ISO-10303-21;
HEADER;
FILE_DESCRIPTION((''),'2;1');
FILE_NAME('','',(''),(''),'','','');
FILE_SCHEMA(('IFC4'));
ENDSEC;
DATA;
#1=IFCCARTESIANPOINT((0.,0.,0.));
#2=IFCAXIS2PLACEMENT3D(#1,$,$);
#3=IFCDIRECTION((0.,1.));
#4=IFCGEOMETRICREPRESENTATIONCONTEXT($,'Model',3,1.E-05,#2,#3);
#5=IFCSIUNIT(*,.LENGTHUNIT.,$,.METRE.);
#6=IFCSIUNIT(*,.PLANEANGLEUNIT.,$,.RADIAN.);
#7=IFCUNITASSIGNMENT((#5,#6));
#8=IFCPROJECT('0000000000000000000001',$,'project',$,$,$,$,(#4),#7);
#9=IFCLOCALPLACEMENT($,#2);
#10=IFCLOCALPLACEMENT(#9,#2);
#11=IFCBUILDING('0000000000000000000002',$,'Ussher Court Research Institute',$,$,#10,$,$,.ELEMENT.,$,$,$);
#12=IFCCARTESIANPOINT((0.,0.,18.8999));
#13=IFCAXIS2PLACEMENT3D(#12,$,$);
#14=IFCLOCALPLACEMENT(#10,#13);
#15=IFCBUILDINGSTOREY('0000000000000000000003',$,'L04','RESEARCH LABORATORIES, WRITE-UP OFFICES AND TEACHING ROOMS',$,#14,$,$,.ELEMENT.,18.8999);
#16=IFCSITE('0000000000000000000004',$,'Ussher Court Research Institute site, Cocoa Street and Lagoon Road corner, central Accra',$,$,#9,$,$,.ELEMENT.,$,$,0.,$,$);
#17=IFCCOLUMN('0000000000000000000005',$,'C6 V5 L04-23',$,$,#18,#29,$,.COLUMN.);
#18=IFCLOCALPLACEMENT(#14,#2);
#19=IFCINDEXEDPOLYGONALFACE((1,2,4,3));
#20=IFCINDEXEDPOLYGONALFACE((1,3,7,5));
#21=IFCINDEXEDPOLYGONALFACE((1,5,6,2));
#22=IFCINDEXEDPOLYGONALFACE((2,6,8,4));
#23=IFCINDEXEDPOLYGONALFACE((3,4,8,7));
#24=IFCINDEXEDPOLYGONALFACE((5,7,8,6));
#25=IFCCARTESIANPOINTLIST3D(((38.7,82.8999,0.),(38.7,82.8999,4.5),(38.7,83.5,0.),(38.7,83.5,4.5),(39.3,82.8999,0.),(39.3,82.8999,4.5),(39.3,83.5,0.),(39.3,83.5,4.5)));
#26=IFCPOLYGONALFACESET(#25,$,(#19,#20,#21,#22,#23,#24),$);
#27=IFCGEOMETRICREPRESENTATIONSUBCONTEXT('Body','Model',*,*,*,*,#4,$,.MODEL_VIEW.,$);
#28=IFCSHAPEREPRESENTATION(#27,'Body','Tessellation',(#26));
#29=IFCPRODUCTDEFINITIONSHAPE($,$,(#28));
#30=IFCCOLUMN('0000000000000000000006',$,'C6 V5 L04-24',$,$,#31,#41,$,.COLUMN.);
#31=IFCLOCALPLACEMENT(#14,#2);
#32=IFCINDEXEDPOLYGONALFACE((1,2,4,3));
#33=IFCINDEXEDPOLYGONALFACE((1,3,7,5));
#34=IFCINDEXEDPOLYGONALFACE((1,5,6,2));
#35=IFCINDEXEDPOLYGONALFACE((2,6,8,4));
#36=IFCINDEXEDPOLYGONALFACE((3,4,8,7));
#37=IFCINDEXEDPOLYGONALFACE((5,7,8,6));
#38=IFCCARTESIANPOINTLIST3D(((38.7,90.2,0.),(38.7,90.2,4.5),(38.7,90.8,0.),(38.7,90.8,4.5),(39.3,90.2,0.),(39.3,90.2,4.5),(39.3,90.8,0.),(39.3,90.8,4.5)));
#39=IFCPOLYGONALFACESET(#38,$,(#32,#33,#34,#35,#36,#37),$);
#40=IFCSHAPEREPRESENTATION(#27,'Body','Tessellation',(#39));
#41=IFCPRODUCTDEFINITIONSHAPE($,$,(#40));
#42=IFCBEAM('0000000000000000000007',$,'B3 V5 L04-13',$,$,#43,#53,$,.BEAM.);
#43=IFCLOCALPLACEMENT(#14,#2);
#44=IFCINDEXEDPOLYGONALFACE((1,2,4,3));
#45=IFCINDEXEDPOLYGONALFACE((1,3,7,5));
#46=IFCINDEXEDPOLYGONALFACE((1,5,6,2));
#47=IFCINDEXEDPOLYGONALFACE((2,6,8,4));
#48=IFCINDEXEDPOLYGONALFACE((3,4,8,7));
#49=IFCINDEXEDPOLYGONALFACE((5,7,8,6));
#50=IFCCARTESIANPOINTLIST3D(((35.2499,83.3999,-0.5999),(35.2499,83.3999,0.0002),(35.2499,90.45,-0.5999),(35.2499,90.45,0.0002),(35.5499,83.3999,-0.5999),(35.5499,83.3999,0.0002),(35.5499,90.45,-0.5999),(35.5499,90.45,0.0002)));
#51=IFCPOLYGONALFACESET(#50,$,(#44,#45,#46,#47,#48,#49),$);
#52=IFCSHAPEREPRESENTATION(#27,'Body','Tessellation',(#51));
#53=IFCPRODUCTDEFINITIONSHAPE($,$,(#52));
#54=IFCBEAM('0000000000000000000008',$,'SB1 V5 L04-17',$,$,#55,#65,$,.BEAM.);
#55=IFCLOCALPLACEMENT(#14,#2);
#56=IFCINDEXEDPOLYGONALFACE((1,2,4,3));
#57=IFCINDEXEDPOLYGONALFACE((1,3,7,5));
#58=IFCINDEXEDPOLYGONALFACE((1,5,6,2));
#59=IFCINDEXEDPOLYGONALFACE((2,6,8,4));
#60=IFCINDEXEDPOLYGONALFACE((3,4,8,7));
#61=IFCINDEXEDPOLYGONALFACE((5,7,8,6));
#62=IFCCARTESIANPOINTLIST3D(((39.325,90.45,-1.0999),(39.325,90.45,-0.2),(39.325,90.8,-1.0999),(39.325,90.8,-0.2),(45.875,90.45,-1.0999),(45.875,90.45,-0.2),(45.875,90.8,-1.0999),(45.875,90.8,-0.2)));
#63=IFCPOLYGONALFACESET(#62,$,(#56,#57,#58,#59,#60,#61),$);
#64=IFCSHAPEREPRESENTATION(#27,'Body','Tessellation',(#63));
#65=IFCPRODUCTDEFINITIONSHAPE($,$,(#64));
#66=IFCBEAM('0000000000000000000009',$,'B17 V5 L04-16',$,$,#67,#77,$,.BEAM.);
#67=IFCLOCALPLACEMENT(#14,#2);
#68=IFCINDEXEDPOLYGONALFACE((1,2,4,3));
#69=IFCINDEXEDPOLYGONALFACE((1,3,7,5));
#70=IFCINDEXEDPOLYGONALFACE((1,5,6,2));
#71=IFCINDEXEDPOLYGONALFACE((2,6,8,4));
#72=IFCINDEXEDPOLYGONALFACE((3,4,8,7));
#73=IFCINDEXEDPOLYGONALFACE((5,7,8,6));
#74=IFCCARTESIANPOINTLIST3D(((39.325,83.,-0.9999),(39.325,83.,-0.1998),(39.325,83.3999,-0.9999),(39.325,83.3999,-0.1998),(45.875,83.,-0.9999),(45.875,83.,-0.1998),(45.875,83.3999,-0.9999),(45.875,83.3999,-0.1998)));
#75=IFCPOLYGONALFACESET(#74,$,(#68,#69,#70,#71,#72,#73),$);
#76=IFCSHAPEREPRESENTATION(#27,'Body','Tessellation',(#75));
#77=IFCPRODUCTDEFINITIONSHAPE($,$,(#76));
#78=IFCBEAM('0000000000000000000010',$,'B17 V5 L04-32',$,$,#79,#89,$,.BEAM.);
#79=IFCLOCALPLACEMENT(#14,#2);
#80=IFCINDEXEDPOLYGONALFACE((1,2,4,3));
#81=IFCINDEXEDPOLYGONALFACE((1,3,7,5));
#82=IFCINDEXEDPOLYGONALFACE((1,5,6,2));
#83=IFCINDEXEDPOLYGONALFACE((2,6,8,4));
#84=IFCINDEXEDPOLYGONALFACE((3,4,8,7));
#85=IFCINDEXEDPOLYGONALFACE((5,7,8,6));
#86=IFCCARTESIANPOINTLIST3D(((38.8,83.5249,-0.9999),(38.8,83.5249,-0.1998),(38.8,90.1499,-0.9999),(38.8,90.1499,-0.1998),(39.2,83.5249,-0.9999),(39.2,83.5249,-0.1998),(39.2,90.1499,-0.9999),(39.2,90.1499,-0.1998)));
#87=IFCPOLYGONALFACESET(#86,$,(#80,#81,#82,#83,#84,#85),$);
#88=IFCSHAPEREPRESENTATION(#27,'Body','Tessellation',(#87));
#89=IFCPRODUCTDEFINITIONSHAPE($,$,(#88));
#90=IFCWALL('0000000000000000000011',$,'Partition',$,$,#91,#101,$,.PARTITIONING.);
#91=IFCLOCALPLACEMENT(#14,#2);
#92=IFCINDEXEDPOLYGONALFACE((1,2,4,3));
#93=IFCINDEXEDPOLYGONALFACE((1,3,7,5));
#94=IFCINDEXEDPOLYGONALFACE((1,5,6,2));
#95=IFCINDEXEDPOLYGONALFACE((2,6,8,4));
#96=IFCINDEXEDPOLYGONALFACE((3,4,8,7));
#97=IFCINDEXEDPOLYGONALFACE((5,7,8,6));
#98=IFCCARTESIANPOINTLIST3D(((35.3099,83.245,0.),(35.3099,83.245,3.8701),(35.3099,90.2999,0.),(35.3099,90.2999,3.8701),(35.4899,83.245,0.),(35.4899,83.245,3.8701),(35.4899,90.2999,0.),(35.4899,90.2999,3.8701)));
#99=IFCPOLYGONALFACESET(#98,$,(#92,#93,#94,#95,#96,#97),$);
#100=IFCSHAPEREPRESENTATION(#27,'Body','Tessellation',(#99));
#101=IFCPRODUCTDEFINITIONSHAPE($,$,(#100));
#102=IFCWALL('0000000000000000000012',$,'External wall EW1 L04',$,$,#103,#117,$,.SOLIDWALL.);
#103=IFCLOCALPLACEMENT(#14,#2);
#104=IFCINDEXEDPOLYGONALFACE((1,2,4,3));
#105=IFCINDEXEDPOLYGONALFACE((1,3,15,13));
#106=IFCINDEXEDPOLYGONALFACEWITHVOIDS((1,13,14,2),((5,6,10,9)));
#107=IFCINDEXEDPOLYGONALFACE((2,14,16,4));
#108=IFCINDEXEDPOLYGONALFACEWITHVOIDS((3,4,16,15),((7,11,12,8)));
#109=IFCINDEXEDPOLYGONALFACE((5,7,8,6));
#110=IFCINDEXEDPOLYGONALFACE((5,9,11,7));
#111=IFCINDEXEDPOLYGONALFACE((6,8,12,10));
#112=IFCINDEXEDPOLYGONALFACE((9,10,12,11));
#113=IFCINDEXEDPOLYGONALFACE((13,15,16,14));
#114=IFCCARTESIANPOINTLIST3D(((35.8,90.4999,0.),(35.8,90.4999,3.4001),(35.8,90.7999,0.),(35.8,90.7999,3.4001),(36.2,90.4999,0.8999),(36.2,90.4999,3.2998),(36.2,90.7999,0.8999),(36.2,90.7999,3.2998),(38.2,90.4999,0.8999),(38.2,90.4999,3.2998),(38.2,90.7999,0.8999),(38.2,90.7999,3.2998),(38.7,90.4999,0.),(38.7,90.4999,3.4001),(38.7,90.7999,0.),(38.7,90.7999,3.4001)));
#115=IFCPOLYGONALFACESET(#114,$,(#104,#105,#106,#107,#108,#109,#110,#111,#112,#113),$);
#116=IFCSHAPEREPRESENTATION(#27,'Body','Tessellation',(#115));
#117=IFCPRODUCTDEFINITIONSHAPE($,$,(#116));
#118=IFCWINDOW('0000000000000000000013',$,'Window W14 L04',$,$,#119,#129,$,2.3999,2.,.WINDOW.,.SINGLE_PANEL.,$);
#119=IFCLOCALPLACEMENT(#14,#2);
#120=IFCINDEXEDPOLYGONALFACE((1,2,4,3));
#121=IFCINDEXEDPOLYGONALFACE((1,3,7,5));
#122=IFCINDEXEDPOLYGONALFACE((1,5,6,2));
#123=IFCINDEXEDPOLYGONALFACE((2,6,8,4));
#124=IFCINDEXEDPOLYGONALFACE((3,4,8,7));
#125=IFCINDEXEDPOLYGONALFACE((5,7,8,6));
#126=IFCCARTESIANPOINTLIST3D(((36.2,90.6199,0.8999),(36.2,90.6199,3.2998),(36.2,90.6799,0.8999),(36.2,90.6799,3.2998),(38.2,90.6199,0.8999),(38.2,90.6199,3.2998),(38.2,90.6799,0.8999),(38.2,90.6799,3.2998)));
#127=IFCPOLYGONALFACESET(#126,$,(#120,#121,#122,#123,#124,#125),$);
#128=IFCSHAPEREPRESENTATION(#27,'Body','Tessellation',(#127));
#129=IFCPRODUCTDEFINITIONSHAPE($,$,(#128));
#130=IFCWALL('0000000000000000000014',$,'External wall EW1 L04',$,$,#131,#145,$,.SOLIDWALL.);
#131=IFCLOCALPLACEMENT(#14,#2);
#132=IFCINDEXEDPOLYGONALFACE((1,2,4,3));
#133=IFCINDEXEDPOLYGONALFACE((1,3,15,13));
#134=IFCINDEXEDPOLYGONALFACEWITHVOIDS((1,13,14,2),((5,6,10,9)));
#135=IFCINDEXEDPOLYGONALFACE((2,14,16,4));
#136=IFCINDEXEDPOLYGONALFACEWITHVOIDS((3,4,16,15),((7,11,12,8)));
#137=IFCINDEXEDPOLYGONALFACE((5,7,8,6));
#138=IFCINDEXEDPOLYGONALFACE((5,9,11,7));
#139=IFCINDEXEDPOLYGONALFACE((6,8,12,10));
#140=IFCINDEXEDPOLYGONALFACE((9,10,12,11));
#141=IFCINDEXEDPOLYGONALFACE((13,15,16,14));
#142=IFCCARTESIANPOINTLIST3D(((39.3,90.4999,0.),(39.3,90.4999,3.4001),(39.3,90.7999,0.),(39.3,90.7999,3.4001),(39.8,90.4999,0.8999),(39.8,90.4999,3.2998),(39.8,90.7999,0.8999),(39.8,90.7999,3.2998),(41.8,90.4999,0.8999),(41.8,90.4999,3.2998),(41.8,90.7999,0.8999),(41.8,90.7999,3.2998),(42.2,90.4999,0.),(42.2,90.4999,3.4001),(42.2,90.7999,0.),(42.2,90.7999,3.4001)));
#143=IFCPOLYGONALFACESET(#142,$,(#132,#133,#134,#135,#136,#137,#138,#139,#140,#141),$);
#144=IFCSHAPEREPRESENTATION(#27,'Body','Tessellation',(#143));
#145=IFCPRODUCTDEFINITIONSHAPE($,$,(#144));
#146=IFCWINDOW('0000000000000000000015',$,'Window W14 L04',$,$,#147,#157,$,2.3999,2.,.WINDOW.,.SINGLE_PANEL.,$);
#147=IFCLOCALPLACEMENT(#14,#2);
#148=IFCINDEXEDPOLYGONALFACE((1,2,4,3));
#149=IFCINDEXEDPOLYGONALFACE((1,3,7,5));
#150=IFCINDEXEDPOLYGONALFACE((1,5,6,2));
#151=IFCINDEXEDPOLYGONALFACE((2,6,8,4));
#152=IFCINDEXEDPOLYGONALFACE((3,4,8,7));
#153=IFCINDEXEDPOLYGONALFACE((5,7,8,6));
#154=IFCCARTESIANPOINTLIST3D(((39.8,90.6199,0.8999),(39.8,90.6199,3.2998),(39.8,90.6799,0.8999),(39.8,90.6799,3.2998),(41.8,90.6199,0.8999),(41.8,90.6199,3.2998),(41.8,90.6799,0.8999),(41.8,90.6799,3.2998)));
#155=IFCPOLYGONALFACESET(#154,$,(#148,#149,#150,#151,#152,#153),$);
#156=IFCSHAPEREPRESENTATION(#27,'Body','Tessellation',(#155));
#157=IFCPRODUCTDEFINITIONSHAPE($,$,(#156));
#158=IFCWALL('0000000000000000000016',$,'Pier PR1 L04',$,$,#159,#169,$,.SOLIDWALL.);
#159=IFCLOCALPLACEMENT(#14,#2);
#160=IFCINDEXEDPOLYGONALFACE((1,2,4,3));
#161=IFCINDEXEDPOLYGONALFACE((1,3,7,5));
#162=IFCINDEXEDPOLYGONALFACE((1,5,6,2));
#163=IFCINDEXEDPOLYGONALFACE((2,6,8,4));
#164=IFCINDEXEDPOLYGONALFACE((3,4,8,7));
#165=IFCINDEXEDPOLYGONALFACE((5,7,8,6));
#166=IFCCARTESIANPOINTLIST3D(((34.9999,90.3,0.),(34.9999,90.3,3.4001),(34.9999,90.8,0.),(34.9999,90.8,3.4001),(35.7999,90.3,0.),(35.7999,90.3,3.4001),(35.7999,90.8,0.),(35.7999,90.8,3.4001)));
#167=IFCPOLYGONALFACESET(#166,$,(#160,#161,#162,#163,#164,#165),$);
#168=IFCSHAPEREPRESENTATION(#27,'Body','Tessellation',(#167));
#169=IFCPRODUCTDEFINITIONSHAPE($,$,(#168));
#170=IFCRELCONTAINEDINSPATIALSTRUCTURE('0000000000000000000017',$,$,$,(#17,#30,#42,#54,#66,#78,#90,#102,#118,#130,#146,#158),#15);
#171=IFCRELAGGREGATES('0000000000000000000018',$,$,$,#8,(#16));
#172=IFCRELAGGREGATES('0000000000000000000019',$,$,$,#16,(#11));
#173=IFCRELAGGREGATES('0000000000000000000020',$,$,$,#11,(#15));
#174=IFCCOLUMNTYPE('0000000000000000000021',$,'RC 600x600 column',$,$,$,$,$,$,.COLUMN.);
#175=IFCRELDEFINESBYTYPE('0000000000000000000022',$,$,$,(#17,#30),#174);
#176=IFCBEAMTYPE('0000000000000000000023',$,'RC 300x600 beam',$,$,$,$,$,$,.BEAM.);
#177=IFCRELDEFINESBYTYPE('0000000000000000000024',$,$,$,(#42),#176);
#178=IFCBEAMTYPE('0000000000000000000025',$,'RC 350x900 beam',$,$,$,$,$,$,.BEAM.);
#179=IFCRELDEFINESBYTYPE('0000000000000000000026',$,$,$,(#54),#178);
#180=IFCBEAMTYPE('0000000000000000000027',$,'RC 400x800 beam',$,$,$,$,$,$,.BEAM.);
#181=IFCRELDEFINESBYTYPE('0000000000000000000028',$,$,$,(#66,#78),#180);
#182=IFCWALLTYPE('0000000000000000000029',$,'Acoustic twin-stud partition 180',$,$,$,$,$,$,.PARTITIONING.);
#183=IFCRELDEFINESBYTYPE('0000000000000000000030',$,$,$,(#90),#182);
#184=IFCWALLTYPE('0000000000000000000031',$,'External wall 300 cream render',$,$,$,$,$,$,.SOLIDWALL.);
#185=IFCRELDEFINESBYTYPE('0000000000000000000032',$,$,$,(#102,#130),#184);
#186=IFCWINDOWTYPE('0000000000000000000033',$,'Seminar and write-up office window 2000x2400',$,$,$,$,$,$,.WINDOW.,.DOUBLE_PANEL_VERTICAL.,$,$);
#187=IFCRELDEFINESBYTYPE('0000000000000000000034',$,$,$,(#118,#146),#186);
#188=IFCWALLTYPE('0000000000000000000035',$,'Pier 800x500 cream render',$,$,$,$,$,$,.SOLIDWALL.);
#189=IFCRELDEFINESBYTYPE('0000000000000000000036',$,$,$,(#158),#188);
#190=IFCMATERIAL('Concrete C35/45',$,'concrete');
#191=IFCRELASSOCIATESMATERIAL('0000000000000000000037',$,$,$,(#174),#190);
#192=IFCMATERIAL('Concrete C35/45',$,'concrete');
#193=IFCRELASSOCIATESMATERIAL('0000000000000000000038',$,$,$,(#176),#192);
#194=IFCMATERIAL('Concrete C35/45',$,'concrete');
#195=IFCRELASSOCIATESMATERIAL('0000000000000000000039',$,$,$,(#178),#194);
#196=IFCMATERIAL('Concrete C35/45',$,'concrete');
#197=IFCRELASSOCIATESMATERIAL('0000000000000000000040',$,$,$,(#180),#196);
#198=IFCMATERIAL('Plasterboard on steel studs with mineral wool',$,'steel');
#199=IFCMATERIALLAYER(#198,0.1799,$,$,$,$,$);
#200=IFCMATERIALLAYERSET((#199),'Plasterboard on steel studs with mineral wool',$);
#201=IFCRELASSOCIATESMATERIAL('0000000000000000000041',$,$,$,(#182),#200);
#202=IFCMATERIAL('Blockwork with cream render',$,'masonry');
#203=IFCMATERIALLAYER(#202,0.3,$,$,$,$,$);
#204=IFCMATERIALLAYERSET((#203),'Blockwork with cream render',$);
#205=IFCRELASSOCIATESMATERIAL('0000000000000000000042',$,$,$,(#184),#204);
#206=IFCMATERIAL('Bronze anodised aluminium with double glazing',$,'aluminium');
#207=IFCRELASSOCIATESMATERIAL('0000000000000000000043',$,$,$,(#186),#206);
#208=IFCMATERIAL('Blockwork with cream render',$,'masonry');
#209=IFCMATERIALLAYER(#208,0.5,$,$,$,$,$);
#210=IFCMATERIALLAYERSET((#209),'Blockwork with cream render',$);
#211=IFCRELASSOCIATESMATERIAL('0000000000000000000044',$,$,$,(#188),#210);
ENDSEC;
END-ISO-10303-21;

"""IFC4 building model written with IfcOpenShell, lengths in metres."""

from ifc_helpers import new_model, si_unit, direction, frame, frame_2d, origin, origin_2d, place, context, subcontext, project, spatial, rectangle, extrude, material, layer, layer_set, material_profile, profile_set, type_object, element, fill, save


model = new_model("IFC4")

# Units and contexts
model_context = context("Model", 3, precision=1e-05, world=origin(), true_north=direction((0.0, 1.0)))
body_context = subcontext(model_context, "Body", "Model", "MODEL_VIEW")
ifc_project = project(units=[si_unit("LENGTHUNIT", "METRE"), si_unit("PLANEANGLEUNIT", "RADIAN")], contexts=[model_context])

# Site, building, storey
site_placement = place(None, origin())
site = spatial("IfcSite", under=ifc_project, at=site_placement, Name="Ussher Court Research Institute site, Cocoa Street and Lagoon Road corner, central Accra", CompositionType="ELEMENT", RefElevation=0.0)
building_placement = place(site_placement, origin())
building = spatial("IfcBuilding", under=site, at=building_placement, Name="Ussher Court Research Institute", CompositionType="ELEMENT")
storey_placement = place(building_placement, frame((0.0, 0.0, 18.8999)))
storey = spatial("IfcBuildingStorey", under=building, at=storey_placement, Name="L04", Description="RESEARCH LABORATORIES, WRITE-UP OFFICES AND TEACHING ROOMS", CompositionType="ELEMENT", Elevation=18.8999)

# Columns
ifc_material_1 = material(Name="Concrete C35/45", Category="concrete")
ifc_material_profile_1 = material_profile(ifc_material_1, rectangle(XDim=0.6001, YDim=0.6001, at=origin_2d()), Name="RC 600x600")
ifc_profile_set_1 = profile_set([ifc_material_profile_1], Name="Concrete C35/45")
column_type = type_object("IfcColumnType", Name="RC 600x600 column", PredefinedType="COLUMN", material=ifc_profile_set_1)
for number, where, z_axis, x_axis, name in (
    (1, (39.0, 83.2, 0.0), (0.0, 0.0, 1.0), (1.0, 0.0, 0.0), "C6 V5 L04-23"),
    (2, (39.0, 90.5, 0.0), (0.0, 0.0, 1.0), (1.0, 0.0, 0.0), "C6 V5 L04-24"),
):
    element("IfcColumn", number, at=place(storey_placement, frame(where, z_axis=z_axis, x_axis=x_axis)), inside=storey, type_object=column_type, Name=name, PredefinedType="COLUMN", context=body_context, shape_type="SweptSolid", body=[
        extrude(rectangle(XDim=0.6001, YDim=0.6001, at=origin_2d()), origin(), (0.0, 0.0, 1.0), 4.5),
    ])

# Beams
ifc_material_2 = material(Name="Concrete C35/45", Category="concrete")
ifc_material_profile_2 = material_profile(ifc_material_2, rectangle(XDim=0.3, YDim=0.6001, at=origin_2d()), Name="RC 300x600")
ifc_profile_set_2 = profile_set([ifc_material_profile_2], Name="Concrete C35/45")
beam_type_1 = type_object("IfcBeamType", Name="RC 300x600 beam", PredefinedType="BEAM", material=ifc_profile_set_2)
beam_1_placement = place(storey_placement, frame((35.3999, 83.3999, -0.2998), z_axis=(0.0, 1.0, 0.0), x_axis=(-1.0, 0.0, 0.0)))
element("IfcBeam", 3, at=beam_1_placement, inside=storey, type_object=beam_type_1, Name="B3 V5 L04-13", PredefinedType="BEAM", context=body_context, shape_type="SweptSolid", body=[
    extrude(rectangle(XDim=0.3, YDim=0.6001, at=origin_2d()), origin(), (0.0, 0.0, 1.0), 7.05),
])
ifc_material_3 = material(Name="Concrete C35/45", Category="concrete")
ifc_material_profile_3 = material_profile(ifc_material_3, rectangle(XDim=0.3501, YDim=0.8999, at=origin_2d()), Name="RC 350x900")
ifc_profile_set_3 = profile_set([ifc_material_profile_3], Name="Concrete C35/45")
beam_type_2 = type_object("IfcBeamType", Name="RC 350x900 beam", PredefinedType="BEAM", material=ifc_profile_set_3)
beam_2_placement = place(storey_placement, frame((39.325, 90.625, -0.6499), z_axis=(1.0, 0.0, 0.0), x_axis=(0.0, 1.0, 0.0)))
element("IfcBeam", 4, at=beam_2_placement, inside=storey, type_object=beam_type_2, Name="SB1 V5 L04-17", PredefinedType="BEAM", context=body_context, shape_type="SweptSolid", body=[
    extrude(rectangle(XDim=0.3501, YDim=0.8999, at=origin_2d()), origin(), (0.0, 0.0, 1.0), 6.55),
])
ifc_material_4 = material(Name="Concrete C35/45", Category="concrete")
ifc_material_profile_4 = material_profile(ifc_material_4, rectangle(XDim=0.3999, YDim=0.8, at=origin_2d()), Name="RC 400x800")
ifc_profile_set_4 = profile_set([ifc_material_profile_4], Name="Concrete C35/45")
beam_type_3 = type_object("IfcBeamType", Name="RC 400x800 beam", PredefinedType="BEAM", material=ifc_profile_set_4)
beam_3_placement = place(storey_placement, frame((39.325, 83.2, -0.5999), z_axis=(1.0, 0.0, 0.0), x_axis=(0.0, 1.0, 0.0)))
element("IfcBeam", 5, at=beam_3_placement, inside=storey, type_object=beam_type_3, Name="B17 V5 L04-16", PredefinedType="BEAM", context=body_context, shape_type="SweptSolid", body=[
    extrude(rectangle(XDim=0.3999, YDim=0.8, at=origin_2d()), origin(), (0.0, 0.0, 1.0), 6.55),
])
beam_4_placement = place(storey_placement, frame((39.0, 83.5249, -0.5999), z_axis=(0.0, 1.0, 0.0), x_axis=(-1.0, 0.0, 0.0)))
element("IfcBeam", 6, at=beam_4_placement, inside=storey, type_object=beam_type_3, Name="B17 V5 L04-32", PredefinedType="BEAM", context=body_context, shape_type="SweptSolid", body=[
    extrude(rectangle(XDim=0.3999, YDim=0.8, at=origin_2d()), origin(), (0.0, 0.0, 1.0), 6.625),
])

# Wall
ifc_material_5 = material(Name="Plasterboard on steel studs with mineral wool", Category="steel")
ifc_layer_1 = layer(ifc_material_5, 0.1799)
ifc_layer_set_1 = layer_set([ifc_layer_1], Name="Plasterboard on steel studs with mineral wool")
wall_type_1 = type_object("IfcWallType", Name="Acoustic twin-stud partition 180", PredefinedType="PARTITIONING", material=ifc_layer_set_1)
wall_1_placement = place(storey_placement, frame((35.3999, 83.2451, 0.0), z_axis=(0.0, 0.0, 1.0), x_axis=(0.0, 1.0, 0.0)))
element("IfcWall", 7, at=wall_1_placement, inside=storey, type_object=wall_type_1, Name="Partition", PredefinedType="PARTITIONING", context=body_context, shape_type="SweptSolid", body=[
    extrude(rectangle(XDim=7.0549, YDim=0.1799, at=frame_2d((3.5273, 0.0))), origin(), (0.0, 0.0, 1.0), 3.8701),
])

# Walls, openings, windows
ifc_material_6 = material(Name="Blockwork with cream render", Category="masonry")
ifc_layer_2 = layer(ifc_material_6, 0.3)
ifc_layer_set_2 = layer_set([ifc_layer_2], Name="Blockwork with cream render")
wall_type_2 = type_object("IfcWallType", Name="External wall 300 cream render", PredefinedType="SOLIDWALL", material=ifc_layer_set_2)
wall_2_placement = place(storey_placement, frame((35.8, 90.6499, 0.0), z_axis=(0.0, 0.0, 1.0), x_axis=(1.0, 0.0, 0.0)))
wall_2 = element("IfcWall", 8, at=wall_2_placement, inside=storey, type_object=wall_type_2, Name="External wall EW1 L04", PredefinedType="SOLIDWALL", context=body_context, shape_type="SweptSolid", body=[
    extrude(rectangle(XDim=2.8999, YDim=0.3, at=frame_2d((1.45, 0.0))), origin(), (0.0, 0.0, 1.0), 3.4001),
])
opening_1_placement = place(wall_2_placement, frame((0.3999, 0.0, 0.8999)))
opening_1 = element("IfcOpeningElement", 9, at=opening_1_placement, cuts=wall_2, PredefinedType="OPENING", context=body_context, shape_type="SweptSolid", body=[
    extrude(rectangle(XDim=2.0, YDim=2.3999, at=frame_2d((1.0, 1.2))), frame((0.0, 0.1602, 0.0), z_axis=(0.0, -1.0, 0.0), x_axis=(1.0, 0.0, 0.0)), (0.0, 0.0, 1.0), 0.3201),
])
ifc_material_7 = material(Name="Bronze anodised aluminium with double glazing", Category="aluminium")
window_type = type_object("IfcWindowType", Name="Seminar and write-up office window 2000x2400", PartitioningType="DOUBLE_PANEL_VERTICAL", PredefinedType="WINDOW", material=ifc_material_7)
window_1_placement = place(opening_1_placement, origin())
window_1 = element("IfcWindow", 10, at=window_1_placement, inside=storey, type_object=window_type, Name="Window W14 L04", OverallHeight=2.3999, OverallWidth=2.0, PartitioningType="SINGLE_PANEL", PredefinedType="WINDOW", context=body_context, shape_type="SweptSolid", body=[
    extrude(rectangle(XDim=2.0, YDim=2.3999, at=frame_2d((1.0, 1.2))), frame((0.0, 0.03, 0.0), z_axis=(0.0, -1.0, 0.0), x_axis=(1.0, 0.0, 0.0)), (0.0, 0.0, 1.0), 0.0601),
])
fill(opening_1, window_1)
wall_3_placement = place(storey_placement, frame((39.3, 90.6499, 0.0), z_axis=(0.0, 0.0, 1.0), x_axis=(1.0, 0.0, 0.0)))
wall_3 = element("IfcWall", 11, at=wall_3_placement, inside=storey, type_object=wall_type_2, Name="External wall EW1 L04", PredefinedType="SOLIDWALL", context=body_context, shape_type="SweptSolid", body=[
    extrude(rectangle(XDim=2.8999, YDim=0.3, at=frame_2d((1.45, 0.0))), origin(), (0.0, 0.0, 1.0), 3.4001),
])
opening_2_placement = place(wall_3_placement, frame((0.5, 0.0, 0.8999)))
opening_2 = element("IfcOpeningElement", 12, at=opening_2_placement, cuts=wall_3, PredefinedType="OPENING", context=body_context, shape_type="SweptSolid", body=[
    extrude(rectangle(XDim=2.0, YDim=2.3999, at=frame_2d((1.0, 1.2))), frame((0.0, 0.1602, 0.0), z_axis=(0.0, -1.0, 0.0), x_axis=(1.0, 0.0, 0.0)), (0.0, 0.0, 1.0), 0.3201),
])
window_2_placement = place(opening_2_placement, origin())
window_2 = element("IfcWindow", 13, at=window_2_placement, inside=storey, type_object=window_type, Name="Window W14 L04", OverallHeight=2.3999, OverallWidth=2.0, PartitioningType="SINGLE_PANEL", PredefinedType="WINDOW", context=body_context, shape_type="SweptSolid", body=[
    extrude(rectangle(XDim=2.0, YDim=2.3999, at=frame_2d((1.0, 1.2))), frame((0.0, 0.03, 0.0), z_axis=(0.0, -1.0, 0.0), x_axis=(1.0, 0.0, 0.0)), (0.0, 0.0, 1.0), 0.0601),
])
fill(opening_2, window_2)

# Wall
ifc_material_8 = material(Name="Blockwork with cream render", Category="masonry")
ifc_layer_3 = layer(ifc_material_8, 0.5)
ifc_layer_set_3 = layer_set([ifc_layer_3], Name="Blockwork with cream render")
wall_type_3 = type_object("IfcWallType", Name="Pier 800x500 cream render", PredefinedType="SOLIDWALL", material=ifc_layer_set_3)
wall_4_placement = place(storey_placement, frame((35.0, 90.55, 0.0), z_axis=(0.0, 0.0, 1.0), x_axis=(1.0, 0.0, 0.0)))
element("IfcWall", 14, at=wall_4_placement, inside=storey, type_object=wall_type_3, Name="Pier PR1 L04", PredefinedType="SOLIDWALL", context=body_context, shape_type="SweptSolid", body=[
    extrude(rectangle(XDim=0.8, YDim=0.5, at=frame_2d((0.3999, 0.0))), origin(), (0.0, 0.0, 1.0), 3.4001),
])

save(model, "model.ifc")
